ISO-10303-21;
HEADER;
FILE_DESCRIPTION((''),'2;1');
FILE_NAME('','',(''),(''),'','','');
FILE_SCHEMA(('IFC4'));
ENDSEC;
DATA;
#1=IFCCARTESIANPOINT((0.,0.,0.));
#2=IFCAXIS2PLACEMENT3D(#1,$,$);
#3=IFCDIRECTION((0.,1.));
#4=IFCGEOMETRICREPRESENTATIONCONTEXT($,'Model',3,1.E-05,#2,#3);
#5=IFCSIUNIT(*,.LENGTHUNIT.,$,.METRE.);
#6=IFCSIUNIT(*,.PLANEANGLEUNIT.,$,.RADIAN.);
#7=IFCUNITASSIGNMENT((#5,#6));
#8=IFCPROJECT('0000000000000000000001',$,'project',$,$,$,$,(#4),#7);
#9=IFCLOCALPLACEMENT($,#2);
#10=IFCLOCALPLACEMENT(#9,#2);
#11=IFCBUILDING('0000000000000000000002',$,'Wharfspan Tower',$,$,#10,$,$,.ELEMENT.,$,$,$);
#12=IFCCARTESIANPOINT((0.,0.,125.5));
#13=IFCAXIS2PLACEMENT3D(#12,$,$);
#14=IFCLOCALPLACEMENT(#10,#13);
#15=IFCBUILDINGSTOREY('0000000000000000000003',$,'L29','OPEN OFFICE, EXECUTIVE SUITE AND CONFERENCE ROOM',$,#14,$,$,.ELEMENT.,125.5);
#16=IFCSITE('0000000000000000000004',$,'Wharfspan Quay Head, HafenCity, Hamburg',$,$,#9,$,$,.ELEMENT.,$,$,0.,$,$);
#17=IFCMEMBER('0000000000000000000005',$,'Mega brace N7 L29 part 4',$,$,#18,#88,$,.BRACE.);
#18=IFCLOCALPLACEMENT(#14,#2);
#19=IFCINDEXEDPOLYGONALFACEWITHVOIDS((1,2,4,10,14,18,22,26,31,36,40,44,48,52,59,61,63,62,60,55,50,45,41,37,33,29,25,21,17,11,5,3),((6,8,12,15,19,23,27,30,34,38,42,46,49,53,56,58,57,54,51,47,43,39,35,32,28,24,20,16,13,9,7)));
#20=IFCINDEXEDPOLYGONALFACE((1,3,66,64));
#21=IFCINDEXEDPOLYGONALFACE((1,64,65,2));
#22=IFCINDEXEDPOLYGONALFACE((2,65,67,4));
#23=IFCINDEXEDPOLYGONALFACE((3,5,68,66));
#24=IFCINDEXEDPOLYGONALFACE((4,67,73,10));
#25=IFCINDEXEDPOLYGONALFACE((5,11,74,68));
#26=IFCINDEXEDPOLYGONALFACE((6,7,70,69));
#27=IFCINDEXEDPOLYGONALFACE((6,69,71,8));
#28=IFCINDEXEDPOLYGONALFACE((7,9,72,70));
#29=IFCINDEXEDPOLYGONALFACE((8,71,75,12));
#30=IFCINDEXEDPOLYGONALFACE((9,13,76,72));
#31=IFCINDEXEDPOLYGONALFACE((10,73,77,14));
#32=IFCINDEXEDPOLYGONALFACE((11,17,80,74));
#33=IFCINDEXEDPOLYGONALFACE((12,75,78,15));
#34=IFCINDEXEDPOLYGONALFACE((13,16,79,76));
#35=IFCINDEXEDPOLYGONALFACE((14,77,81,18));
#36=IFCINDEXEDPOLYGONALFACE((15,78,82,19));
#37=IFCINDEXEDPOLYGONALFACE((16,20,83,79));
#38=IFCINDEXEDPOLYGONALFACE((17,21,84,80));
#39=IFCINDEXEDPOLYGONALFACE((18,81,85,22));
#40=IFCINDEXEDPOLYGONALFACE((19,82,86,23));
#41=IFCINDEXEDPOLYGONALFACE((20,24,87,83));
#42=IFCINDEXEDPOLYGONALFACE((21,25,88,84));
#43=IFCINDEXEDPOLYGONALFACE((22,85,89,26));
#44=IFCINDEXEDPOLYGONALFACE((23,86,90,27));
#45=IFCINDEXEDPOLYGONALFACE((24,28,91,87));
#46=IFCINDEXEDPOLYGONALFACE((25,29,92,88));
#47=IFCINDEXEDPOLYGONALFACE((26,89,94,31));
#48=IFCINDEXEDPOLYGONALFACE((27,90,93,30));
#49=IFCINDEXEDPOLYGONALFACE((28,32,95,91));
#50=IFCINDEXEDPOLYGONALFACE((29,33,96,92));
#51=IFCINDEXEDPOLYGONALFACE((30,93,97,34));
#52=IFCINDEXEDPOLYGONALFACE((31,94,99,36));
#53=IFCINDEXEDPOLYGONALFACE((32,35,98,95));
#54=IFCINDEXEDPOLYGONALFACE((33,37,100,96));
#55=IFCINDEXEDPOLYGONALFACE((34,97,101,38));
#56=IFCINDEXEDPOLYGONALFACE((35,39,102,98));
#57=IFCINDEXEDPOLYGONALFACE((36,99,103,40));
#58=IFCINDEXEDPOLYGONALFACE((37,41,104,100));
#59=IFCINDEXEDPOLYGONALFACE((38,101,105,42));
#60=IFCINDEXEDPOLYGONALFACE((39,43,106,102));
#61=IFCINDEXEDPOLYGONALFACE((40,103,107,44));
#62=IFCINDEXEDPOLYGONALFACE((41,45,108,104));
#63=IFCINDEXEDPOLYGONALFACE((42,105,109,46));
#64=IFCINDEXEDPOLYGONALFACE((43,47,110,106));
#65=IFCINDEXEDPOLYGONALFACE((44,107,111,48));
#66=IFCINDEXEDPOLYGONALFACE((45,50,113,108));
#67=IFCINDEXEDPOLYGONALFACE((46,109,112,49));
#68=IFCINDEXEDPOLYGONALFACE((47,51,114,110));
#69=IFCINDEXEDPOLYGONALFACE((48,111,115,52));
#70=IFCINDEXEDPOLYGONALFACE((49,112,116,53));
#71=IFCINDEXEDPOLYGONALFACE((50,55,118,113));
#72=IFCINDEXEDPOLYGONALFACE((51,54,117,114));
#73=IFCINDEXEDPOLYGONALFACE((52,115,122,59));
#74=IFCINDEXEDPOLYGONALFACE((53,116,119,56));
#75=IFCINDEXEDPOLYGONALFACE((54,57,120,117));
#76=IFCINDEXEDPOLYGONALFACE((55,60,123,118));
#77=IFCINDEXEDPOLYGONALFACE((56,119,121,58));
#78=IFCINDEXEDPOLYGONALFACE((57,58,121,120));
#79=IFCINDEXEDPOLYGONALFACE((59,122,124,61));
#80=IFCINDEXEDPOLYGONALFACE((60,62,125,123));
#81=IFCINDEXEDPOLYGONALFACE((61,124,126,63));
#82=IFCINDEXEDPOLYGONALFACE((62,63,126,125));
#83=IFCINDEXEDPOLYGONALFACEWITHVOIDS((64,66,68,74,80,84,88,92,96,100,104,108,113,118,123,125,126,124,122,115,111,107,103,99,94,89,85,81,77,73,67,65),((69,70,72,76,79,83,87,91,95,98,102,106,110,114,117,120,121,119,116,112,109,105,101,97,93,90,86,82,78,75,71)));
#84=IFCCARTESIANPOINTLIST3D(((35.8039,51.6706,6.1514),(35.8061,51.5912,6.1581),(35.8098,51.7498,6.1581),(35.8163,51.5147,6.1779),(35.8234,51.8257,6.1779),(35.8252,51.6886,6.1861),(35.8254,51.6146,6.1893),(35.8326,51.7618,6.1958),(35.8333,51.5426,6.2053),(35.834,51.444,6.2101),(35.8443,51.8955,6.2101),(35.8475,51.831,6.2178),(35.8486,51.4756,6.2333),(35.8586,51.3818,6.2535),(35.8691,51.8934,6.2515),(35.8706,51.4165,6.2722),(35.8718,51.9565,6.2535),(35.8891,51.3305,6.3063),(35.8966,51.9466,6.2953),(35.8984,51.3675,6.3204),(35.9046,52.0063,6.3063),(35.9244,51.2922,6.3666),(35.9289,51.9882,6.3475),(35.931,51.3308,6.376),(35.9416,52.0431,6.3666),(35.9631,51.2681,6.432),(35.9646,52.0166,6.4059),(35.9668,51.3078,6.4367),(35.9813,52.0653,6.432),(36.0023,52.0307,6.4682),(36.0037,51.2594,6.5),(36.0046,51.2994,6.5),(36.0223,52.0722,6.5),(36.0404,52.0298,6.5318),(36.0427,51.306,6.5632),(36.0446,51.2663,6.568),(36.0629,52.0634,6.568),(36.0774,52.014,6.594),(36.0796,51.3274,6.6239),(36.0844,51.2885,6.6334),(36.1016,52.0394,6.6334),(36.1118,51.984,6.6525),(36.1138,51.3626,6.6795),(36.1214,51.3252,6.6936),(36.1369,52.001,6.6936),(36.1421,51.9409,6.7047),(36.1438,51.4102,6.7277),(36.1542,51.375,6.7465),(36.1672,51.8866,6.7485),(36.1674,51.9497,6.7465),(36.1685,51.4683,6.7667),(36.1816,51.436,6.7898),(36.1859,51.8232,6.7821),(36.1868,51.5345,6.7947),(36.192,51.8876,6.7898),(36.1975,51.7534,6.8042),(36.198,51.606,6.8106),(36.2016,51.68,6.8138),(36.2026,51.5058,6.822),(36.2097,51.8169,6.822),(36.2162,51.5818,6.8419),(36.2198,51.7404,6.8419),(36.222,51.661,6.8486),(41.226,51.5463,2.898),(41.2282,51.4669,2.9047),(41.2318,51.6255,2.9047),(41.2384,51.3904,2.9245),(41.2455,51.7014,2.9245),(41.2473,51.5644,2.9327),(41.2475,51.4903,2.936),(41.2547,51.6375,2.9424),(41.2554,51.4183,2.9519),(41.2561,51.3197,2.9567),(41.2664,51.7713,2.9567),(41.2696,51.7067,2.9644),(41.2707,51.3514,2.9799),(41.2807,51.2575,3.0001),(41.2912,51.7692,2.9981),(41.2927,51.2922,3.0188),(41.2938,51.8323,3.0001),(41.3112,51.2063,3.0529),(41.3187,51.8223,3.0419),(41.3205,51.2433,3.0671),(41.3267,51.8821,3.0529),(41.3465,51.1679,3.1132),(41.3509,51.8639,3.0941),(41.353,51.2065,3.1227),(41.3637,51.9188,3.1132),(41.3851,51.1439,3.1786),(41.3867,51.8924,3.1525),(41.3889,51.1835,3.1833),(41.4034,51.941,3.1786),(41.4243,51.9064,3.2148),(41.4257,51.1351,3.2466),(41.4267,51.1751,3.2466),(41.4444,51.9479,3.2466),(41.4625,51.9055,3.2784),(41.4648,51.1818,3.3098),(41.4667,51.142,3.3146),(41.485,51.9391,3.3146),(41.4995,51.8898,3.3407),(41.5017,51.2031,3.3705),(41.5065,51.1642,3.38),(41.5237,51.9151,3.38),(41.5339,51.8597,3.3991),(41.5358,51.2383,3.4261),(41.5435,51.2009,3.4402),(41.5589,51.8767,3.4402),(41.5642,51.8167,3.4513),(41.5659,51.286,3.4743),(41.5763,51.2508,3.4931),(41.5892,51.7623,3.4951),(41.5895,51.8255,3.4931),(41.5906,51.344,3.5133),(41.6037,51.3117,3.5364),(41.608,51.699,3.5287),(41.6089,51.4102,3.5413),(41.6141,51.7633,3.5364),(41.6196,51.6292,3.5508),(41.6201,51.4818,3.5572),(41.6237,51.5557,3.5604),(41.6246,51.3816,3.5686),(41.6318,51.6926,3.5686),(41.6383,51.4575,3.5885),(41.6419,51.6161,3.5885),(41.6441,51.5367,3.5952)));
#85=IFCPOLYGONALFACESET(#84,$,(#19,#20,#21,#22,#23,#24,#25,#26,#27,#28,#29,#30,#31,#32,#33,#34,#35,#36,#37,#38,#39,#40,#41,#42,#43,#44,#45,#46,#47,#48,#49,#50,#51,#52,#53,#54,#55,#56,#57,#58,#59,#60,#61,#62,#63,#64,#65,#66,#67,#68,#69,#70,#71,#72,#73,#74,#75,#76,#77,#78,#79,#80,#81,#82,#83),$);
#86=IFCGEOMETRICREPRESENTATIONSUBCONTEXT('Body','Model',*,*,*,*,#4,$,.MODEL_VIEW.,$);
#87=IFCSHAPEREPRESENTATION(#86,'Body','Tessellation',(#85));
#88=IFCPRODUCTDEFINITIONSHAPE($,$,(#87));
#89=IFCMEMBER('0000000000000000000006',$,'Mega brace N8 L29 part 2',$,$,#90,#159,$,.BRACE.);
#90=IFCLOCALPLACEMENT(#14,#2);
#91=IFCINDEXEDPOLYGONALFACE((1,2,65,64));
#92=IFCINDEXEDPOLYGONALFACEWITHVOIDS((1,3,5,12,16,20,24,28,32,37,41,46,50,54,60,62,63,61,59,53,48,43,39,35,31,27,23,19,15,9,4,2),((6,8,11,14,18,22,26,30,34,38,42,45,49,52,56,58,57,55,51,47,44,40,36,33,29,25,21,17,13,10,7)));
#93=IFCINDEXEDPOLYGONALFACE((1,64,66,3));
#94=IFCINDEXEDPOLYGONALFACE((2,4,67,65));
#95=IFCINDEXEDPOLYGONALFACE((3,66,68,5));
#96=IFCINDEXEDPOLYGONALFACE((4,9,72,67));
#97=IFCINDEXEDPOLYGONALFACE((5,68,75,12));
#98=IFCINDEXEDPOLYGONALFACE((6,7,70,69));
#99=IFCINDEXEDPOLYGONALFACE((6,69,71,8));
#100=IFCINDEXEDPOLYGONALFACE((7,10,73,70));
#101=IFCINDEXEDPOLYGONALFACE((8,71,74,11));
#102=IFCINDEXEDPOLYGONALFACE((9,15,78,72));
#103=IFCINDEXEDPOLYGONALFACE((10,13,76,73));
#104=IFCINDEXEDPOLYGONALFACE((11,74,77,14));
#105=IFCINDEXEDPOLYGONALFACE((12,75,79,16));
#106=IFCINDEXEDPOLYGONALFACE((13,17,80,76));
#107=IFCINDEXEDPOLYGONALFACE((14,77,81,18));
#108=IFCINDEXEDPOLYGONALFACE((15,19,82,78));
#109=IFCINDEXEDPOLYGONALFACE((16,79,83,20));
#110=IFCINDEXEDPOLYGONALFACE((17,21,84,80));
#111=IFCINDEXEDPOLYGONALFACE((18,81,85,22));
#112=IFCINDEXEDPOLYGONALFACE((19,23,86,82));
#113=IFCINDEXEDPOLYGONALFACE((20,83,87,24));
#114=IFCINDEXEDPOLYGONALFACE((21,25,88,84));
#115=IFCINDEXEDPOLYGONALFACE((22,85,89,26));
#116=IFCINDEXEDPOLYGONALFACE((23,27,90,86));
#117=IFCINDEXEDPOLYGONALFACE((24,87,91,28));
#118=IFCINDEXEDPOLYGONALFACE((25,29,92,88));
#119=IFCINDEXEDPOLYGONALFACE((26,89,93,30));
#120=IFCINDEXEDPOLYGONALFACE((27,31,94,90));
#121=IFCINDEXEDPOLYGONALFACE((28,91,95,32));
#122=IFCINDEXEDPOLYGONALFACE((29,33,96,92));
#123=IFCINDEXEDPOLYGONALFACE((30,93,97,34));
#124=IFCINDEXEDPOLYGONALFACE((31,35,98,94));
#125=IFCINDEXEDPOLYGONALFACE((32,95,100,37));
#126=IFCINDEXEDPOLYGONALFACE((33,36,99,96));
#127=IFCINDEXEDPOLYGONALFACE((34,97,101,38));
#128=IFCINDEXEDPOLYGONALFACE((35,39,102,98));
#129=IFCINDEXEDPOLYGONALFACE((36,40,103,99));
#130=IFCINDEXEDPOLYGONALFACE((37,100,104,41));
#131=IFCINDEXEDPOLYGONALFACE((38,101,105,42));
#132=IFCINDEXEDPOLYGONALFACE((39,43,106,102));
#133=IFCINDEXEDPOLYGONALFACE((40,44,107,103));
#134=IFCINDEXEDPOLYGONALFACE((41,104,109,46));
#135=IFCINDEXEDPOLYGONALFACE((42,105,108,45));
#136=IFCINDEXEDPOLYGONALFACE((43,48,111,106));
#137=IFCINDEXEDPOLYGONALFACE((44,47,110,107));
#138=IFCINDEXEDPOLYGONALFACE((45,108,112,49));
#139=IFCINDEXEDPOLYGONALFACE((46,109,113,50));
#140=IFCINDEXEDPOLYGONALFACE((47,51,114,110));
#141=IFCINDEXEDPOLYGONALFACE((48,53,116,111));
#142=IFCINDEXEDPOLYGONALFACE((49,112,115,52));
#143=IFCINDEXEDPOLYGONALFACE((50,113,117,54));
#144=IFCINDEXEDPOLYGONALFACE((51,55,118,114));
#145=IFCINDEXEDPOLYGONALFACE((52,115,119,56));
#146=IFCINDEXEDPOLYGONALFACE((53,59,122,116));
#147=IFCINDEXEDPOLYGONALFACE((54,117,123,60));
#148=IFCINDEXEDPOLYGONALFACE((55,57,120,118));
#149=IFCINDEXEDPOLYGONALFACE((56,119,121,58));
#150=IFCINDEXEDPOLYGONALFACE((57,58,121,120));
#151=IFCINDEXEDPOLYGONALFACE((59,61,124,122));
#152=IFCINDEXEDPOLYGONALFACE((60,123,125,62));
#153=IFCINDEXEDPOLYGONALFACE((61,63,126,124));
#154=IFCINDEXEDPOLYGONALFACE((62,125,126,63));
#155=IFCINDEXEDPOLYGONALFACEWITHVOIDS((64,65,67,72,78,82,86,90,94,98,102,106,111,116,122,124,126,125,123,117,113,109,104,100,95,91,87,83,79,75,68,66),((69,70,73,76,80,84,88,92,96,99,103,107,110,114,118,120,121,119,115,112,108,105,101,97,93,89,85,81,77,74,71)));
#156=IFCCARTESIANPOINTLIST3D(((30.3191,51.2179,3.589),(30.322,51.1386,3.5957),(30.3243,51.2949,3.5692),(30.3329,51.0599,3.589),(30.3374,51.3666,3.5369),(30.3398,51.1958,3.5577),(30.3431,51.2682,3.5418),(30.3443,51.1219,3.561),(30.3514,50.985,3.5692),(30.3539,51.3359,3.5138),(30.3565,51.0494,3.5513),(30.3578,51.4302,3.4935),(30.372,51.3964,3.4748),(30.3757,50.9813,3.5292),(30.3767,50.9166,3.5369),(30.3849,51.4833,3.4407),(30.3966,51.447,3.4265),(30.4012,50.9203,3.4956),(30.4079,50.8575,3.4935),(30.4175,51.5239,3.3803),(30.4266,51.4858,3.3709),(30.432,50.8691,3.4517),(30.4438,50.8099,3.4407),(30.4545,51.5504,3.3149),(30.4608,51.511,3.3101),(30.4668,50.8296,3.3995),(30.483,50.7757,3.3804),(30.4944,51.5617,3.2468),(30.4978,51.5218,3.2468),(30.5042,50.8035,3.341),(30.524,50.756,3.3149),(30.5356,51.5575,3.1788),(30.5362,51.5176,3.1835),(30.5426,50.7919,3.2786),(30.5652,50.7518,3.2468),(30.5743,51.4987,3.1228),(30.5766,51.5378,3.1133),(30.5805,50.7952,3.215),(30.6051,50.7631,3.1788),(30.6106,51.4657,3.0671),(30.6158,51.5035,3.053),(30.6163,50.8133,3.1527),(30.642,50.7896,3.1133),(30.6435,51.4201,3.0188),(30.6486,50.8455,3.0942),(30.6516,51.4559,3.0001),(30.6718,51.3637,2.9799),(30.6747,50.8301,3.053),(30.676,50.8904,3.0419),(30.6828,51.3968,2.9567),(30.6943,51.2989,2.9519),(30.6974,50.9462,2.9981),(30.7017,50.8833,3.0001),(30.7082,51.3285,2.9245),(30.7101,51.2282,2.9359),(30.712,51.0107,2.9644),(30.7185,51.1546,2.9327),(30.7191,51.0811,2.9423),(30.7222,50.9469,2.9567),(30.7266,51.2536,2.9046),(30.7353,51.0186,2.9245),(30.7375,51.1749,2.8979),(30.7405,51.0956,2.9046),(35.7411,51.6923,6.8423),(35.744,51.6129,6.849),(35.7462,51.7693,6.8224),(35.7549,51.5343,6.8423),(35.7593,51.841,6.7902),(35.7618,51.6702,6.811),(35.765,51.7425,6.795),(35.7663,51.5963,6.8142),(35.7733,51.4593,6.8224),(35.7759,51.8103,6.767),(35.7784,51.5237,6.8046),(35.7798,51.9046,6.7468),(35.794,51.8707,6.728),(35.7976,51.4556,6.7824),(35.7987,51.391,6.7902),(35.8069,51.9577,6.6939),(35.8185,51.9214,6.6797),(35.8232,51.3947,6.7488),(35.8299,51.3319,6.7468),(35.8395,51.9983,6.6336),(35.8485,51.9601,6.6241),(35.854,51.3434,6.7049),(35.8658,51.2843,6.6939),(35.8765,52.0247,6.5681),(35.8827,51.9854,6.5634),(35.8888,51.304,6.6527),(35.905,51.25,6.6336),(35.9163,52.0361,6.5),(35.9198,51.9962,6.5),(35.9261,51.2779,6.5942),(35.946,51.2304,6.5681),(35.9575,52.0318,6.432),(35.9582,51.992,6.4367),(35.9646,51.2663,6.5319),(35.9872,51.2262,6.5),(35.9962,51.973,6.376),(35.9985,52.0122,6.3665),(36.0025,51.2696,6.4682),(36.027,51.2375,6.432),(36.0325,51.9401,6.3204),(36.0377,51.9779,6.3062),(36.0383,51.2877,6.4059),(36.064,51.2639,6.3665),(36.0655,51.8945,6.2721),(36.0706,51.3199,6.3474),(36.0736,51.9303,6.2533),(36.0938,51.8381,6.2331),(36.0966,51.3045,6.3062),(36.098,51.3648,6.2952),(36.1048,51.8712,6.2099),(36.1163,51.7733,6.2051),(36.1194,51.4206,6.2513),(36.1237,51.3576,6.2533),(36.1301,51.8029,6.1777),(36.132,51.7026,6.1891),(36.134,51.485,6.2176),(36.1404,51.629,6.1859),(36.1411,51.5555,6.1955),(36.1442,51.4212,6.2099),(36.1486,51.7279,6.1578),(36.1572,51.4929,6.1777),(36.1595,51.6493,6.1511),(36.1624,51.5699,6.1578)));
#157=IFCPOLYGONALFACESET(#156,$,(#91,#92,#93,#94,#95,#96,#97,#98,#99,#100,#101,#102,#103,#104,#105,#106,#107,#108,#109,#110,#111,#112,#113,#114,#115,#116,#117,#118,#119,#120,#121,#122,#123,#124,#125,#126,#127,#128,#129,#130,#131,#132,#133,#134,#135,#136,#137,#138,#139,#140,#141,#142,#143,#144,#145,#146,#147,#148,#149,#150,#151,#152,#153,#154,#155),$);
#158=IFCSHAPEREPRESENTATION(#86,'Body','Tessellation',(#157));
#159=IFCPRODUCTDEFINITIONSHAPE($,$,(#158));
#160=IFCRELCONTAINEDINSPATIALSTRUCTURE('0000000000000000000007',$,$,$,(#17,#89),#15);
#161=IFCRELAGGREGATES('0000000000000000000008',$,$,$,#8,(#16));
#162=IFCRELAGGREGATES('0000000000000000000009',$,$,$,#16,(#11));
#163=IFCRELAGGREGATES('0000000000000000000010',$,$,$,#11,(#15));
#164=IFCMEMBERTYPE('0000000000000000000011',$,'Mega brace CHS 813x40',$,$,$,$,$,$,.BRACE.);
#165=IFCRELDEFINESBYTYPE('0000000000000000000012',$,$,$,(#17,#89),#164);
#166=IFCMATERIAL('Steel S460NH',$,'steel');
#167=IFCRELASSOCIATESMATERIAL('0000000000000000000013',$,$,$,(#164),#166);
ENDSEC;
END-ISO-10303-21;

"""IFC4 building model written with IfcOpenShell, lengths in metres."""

from ifc_helpers import new_model, si_unit, direction, frame, origin, origin_2d, place, context, subcontext, project, spatial, hollow_circle, extrude, material, material_profile, profile_set, type_object, element, save


model = new_model("IFC4")

# Units and contexts
model_context = context("Model", 3, precision=1e-05, world=origin(), true_north=direction((0.0, 1.0)))
body_context = subcontext(model_context, "Body", "Model", "MODEL_VIEW")
ifc_project = project(units=[si_unit("LENGTHUNIT", "METRE"), si_unit("PLANEANGLEUNIT", "RADIAN")], contexts=[model_context])

# Site, building, storey
site_placement = place(None, origin())
site = spatial("IfcSite", under=ifc_project, at=site_placement, Name="Wharfspan Quay Head, HafenCity, Hamburg", CompositionType="ELEMENT", RefElevation=0.0)
building_placement = place(site_placement, origin())
building = spatial("IfcBuilding", under=site, at=building_placement, Name="Wharfspan Tower", CompositionType="ELEMENT")
storey_placement = place(building_placement, frame((0.0, 0.0, 125.5)))
storey = spatial("IfcBuildingStorey", under=building, at=storey_placement, Name="L29", Description="OPEN OFFICE, EXECUTIVE SUITE AND CONFERENCE ROOM", CompositionType="ELEMENT", Elevation=125.5)

# Members
ifc_material_1 = material(Name="Steel S460NH", Category="steel")
ifc_material_profile_1 = material_profile(ifc_material_1, hollow_circle(Radius=0.4065, WallThickness=0.04, at=origin_2d()))
ifc_profile_set_1 = profile_set([ifc_material_profile_1], Name="Steel S460NH")
member_type = type_object("IfcMemberType", Name="Mega brace CHS 813x40", PredefinedType="BRACE", material=ifc_profile_set_1)
member_1_placement = place(storey_placement, frame((41.4351, 51.5415, 3.2466), z_axis=(-0.857317, 0.019649, 0.514413), x_axis=(-0.022912, -0.999739, 0.000002)))
element("IfcMember", 1, at=member_1_placement, inside=storey, type_object=member_type, Name="Mega brace N7 L29 part 4", PredefinedType="BRACE", context=body_context, shape_type="SweptSolid", body=[
    extrude(hollow_circle(Radius=0.4065, WallThickness=0.04, at=origin_2d()), origin(), (0.0, 0.0, 1.0), 6.3245),
])
member_2_placement = place(storey_placement, frame((30.5298, 51.1567, 3.2468), z_axis=(0.855087, 0.074812, 0.51306), x_axis=(-0.087157, 0.996195, -0.000001)))
element("IfcMember", 2, at=member_2_placement, inside=storey, type_object=member_type, Name="Mega brace N8 L29 part 2", PredefinedType="BRACE", context=body_context, shape_type="SweptSolid", body=[
    extrude(hollow_circle(Radius=0.4065, WallThickness=0.04, at=origin_2d()), origin(), (0.0, 0.0, 1.0), 6.3408),
])

save(model, "model.ifc")
